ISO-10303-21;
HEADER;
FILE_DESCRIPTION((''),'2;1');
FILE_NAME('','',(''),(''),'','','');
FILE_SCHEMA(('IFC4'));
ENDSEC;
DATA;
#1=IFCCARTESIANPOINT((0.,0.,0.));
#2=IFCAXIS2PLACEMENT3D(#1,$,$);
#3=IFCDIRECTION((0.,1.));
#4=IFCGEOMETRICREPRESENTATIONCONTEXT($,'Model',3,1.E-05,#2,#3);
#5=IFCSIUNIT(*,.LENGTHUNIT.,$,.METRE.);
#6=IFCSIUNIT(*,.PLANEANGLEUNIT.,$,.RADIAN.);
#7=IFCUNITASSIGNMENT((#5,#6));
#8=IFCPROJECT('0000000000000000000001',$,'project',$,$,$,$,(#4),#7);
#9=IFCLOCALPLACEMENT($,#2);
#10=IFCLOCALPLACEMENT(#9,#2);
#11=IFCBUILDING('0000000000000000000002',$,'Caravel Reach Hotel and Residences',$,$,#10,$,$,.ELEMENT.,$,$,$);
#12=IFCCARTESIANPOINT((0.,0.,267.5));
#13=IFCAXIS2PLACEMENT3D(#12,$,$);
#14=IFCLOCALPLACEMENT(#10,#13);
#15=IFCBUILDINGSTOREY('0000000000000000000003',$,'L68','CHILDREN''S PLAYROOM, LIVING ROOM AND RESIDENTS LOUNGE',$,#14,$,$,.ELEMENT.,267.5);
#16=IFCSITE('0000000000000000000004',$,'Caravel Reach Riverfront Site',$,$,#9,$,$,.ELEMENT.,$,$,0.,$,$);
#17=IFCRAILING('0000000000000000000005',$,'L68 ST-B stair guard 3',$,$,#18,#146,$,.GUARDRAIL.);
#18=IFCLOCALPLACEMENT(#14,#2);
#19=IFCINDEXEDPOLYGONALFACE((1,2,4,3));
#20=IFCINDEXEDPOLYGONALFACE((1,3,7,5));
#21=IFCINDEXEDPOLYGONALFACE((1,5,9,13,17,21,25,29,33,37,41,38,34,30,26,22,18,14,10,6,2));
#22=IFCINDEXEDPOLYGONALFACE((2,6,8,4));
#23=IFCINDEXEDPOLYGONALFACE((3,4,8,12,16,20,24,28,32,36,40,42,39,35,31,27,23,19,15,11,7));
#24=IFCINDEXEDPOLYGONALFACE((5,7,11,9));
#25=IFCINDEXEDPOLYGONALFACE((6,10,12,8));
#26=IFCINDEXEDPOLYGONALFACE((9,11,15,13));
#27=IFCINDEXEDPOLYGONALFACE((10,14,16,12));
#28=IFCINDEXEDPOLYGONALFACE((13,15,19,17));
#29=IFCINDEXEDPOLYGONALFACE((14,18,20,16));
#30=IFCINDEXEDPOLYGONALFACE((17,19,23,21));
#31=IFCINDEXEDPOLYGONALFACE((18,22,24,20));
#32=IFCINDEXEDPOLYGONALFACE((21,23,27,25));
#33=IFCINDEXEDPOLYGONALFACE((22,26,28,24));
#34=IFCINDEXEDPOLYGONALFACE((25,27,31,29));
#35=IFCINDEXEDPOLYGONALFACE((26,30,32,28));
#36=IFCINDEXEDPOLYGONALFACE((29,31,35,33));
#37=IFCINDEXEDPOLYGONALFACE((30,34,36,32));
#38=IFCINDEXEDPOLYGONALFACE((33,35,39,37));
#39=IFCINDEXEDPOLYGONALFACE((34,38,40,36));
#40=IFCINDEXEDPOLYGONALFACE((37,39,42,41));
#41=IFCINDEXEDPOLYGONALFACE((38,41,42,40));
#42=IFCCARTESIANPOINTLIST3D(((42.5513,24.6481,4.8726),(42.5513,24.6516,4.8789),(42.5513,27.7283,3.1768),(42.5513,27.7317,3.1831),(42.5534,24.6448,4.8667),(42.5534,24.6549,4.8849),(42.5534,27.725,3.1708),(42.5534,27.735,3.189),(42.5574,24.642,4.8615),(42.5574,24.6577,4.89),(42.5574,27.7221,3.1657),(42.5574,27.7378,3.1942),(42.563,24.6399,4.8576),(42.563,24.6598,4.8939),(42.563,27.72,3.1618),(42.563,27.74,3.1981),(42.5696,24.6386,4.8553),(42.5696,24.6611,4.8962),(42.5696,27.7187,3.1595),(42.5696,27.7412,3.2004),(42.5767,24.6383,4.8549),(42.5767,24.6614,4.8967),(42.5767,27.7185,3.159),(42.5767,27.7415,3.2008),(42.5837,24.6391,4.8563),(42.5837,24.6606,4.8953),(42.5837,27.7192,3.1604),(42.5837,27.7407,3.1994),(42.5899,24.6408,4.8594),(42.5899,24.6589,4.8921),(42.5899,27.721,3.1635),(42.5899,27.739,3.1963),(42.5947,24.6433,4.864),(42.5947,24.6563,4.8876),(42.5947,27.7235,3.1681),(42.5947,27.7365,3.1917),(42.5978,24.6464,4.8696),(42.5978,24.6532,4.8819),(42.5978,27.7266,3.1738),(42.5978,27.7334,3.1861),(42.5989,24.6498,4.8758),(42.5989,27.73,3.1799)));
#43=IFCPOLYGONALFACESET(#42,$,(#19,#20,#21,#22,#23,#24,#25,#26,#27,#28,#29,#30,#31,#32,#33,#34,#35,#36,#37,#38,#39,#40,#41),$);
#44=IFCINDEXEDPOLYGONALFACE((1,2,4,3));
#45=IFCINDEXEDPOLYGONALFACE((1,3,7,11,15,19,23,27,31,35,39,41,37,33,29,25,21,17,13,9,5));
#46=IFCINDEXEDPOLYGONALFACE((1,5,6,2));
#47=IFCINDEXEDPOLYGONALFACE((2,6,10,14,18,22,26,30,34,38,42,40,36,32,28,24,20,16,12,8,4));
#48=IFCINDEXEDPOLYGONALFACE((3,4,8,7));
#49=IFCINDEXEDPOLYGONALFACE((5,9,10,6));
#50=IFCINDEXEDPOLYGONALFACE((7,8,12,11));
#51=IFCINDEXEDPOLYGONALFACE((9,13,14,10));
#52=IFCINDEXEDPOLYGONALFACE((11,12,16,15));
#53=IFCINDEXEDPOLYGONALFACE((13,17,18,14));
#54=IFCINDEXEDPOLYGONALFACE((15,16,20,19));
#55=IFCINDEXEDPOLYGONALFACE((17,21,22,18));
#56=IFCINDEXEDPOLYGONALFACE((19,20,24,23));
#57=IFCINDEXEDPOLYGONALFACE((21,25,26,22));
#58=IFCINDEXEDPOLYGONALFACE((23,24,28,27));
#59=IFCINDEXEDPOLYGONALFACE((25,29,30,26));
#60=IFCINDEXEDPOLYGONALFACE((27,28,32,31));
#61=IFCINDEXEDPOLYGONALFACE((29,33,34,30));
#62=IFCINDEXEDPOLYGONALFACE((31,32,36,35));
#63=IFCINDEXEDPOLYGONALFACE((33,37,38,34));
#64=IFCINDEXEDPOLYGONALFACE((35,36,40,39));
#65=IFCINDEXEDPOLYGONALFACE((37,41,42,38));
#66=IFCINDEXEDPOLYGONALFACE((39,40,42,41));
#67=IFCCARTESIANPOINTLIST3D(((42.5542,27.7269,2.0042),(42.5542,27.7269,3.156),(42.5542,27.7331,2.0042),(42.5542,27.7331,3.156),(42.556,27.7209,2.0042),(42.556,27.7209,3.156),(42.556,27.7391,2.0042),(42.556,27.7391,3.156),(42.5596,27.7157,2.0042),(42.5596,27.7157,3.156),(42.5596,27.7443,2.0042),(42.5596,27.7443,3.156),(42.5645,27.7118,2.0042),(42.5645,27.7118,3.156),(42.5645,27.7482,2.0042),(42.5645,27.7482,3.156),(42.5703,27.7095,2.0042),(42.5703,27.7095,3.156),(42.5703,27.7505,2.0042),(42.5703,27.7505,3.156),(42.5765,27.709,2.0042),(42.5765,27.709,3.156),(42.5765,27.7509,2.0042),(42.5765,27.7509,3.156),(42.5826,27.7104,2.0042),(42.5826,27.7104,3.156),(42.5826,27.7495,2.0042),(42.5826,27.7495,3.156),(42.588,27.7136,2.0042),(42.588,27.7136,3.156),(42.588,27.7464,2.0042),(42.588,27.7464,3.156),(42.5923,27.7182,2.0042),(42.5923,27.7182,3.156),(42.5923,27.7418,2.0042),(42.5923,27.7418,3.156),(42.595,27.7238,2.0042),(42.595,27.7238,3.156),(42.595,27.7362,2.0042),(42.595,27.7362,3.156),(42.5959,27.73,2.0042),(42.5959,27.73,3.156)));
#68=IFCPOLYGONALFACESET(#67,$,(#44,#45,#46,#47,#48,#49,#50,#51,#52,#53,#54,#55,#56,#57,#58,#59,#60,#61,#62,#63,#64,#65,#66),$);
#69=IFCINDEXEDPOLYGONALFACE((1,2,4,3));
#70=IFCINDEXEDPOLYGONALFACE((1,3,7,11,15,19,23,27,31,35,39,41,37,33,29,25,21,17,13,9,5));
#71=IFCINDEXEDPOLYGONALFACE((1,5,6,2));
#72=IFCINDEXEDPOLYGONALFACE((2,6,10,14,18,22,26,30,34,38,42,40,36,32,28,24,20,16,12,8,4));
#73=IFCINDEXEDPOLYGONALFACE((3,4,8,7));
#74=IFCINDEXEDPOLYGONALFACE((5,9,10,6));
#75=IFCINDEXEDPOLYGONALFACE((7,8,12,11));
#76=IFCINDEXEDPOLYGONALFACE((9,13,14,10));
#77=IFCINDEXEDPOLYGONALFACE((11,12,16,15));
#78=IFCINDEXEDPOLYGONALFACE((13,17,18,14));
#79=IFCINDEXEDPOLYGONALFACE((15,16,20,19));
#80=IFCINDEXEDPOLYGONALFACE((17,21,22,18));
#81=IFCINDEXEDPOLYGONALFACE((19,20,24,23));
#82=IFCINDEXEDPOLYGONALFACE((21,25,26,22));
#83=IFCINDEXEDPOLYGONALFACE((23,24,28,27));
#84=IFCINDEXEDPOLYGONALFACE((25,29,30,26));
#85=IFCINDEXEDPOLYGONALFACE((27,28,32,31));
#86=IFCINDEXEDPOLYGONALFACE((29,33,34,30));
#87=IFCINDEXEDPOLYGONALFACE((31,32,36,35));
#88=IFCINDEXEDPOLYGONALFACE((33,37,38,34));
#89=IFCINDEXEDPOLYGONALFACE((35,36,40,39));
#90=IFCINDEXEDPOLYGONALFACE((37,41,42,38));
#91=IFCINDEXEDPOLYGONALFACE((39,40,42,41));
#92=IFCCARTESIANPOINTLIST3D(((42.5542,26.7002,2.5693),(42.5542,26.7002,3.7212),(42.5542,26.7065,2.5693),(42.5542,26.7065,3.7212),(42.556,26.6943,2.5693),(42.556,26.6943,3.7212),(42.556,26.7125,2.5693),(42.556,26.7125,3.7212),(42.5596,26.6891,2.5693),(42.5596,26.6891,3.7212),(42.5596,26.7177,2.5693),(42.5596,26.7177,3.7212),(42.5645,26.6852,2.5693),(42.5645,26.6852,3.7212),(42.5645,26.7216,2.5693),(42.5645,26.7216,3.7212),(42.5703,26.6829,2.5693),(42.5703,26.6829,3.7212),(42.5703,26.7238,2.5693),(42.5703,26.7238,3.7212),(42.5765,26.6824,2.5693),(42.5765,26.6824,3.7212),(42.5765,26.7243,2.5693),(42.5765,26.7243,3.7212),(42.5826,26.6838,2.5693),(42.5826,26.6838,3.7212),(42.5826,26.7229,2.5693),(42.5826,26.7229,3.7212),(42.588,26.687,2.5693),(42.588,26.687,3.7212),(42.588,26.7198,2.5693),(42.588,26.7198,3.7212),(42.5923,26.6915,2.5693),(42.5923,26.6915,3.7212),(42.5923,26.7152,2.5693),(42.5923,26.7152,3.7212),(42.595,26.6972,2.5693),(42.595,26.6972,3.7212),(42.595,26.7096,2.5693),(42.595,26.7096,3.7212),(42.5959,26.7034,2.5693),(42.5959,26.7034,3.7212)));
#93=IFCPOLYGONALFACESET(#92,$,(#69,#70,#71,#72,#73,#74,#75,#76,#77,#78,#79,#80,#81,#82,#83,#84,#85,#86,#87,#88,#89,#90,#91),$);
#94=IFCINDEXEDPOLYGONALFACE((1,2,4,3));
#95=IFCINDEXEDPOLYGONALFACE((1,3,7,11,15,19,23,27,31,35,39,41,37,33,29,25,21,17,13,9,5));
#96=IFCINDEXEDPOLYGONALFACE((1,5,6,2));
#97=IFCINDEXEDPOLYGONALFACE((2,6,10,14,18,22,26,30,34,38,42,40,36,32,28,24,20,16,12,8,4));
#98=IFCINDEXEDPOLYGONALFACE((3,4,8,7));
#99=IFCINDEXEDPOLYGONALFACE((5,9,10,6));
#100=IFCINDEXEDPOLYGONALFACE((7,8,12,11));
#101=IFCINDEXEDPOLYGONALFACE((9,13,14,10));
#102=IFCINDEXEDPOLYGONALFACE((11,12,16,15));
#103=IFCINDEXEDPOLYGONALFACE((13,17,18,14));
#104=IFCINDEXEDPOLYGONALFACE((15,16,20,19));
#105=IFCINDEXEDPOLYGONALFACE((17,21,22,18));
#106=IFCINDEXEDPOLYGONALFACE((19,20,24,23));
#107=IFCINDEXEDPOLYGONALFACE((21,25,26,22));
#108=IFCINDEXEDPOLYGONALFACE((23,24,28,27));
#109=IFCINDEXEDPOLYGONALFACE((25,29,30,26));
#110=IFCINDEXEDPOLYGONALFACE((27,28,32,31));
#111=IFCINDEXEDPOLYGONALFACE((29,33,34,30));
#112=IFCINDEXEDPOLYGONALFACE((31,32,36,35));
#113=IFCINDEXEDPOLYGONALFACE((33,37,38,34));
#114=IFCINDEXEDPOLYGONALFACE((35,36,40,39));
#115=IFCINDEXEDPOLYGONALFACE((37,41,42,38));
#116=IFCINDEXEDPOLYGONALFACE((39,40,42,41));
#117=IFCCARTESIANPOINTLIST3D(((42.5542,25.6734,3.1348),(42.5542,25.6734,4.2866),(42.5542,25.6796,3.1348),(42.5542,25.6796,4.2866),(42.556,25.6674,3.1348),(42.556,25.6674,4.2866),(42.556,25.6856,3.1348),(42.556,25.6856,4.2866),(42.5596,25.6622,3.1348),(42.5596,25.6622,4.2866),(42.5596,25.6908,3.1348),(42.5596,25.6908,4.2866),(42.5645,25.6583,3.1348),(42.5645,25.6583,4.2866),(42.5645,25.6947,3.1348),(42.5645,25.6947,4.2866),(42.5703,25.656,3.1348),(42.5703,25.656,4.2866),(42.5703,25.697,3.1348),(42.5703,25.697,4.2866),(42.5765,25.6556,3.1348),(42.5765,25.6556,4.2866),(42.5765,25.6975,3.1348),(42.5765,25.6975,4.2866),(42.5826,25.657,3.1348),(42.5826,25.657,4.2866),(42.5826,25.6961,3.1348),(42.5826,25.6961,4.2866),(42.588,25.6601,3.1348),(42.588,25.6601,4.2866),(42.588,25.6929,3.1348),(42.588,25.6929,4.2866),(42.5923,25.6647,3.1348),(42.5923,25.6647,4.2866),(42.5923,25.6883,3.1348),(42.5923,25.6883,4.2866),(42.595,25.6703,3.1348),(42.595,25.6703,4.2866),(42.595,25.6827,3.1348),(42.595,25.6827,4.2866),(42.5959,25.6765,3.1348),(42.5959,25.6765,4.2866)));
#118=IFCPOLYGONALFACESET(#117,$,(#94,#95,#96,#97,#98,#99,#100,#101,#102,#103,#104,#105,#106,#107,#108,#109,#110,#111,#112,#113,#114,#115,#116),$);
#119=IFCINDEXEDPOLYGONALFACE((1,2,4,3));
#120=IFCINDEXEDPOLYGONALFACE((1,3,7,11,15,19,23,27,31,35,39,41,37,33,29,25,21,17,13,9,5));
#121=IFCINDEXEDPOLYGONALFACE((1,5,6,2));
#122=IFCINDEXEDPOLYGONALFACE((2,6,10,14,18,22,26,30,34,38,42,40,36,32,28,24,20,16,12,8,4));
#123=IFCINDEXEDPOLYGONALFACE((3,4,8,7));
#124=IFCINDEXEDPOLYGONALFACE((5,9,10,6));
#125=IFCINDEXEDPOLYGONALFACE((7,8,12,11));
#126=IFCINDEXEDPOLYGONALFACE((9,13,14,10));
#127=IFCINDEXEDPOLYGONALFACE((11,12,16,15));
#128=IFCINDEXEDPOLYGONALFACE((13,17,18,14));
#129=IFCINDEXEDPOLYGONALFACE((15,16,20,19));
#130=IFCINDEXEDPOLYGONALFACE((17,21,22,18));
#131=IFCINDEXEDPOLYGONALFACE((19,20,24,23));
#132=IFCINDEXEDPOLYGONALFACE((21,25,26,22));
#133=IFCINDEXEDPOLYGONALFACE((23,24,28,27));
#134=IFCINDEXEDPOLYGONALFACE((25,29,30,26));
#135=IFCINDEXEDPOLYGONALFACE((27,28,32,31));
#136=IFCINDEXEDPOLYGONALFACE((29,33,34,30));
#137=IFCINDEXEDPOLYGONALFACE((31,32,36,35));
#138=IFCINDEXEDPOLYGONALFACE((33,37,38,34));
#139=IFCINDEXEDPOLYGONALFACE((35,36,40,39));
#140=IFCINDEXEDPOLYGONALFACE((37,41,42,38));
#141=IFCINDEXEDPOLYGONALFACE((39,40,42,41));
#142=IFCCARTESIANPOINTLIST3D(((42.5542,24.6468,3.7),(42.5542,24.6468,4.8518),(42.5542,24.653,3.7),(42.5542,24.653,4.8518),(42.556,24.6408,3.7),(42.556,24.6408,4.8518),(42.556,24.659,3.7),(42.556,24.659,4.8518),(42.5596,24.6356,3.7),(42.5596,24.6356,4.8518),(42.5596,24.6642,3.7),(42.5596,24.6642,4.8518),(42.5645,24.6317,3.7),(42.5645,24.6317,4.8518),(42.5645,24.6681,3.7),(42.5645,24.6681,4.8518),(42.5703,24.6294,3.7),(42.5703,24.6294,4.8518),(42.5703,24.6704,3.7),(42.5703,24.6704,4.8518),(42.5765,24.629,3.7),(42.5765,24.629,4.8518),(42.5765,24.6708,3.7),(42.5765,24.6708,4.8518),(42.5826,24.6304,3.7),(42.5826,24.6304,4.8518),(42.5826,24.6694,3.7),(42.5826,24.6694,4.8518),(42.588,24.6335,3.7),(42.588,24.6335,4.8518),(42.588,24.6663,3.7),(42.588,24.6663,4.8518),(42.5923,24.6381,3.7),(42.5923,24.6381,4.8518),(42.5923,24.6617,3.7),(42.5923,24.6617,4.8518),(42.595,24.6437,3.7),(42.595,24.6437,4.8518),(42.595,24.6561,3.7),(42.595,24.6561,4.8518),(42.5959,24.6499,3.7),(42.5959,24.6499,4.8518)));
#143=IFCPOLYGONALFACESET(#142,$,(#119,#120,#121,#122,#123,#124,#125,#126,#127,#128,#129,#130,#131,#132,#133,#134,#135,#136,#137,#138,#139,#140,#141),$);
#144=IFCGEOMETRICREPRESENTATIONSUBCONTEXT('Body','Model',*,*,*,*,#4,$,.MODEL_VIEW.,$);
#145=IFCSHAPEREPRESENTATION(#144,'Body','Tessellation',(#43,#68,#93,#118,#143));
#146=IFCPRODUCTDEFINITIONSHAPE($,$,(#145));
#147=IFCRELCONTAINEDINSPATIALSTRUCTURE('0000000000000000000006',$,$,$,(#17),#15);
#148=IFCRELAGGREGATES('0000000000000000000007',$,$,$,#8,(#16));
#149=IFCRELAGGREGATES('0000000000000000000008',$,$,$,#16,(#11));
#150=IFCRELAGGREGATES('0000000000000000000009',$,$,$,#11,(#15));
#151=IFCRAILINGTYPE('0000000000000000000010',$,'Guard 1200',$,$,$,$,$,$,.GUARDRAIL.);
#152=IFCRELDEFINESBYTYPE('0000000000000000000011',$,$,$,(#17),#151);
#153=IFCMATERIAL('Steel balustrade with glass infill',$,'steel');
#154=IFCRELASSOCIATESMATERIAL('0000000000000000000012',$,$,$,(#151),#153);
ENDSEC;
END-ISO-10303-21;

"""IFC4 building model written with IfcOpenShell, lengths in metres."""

from ifc_helpers import new_model, si_unit, direction, frame, origin, origin_2d, place, context, subcontext, project, spatial, circle, extrude, material, type_object, element, save


model = new_model("IFC4")

# Units and contexts
model_context = context("Model", 3, precision=1e-05, world=origin(), true_north=direction((0.0, 1.0)))
body_context = subcontext(model_context, "Body", "Model", "MODEL_VIEW")
ifc_project = project(units=[si_unit("LENGTHUNIT", "METRE"), si_unit("PLANEANGLEUNIT", "RADIAN")], contexts=[model_context])

# Site, building, storey
site_placement = place(None, origin())
site = spatial("IfcSite", under=ifc_project, at=site_placement, Name="Caravel Reach Riverfront Site", CompositionType="ELEMENT", RefElevation=0.0)
building_placement = place(site_placement, origin())
building = spatial("IfcBuilding", under=site, at=building_placement, Name="Caravel Reach Hotel and Residences", CompositionType="ELEMENT")
storey_placement = place(building_placement, frame((0.0, 0.0, 267.5)))
storey = spatial("IfcBuildingStorey", under=building, at=storey_placement, Name="L68", Description="CHILDREN'S PLAYROOM, LIVING ROOM AND RESIDENTS LOUNGE", CompositionType="ELEMENT", Elevation=267.5)

# Railing
ifc_material_1 = material(Name="Steel balustrade with glass infill", Category="steel")
railing_type_1 = type_object("IfcRailingType", Name="Guard 1200", PredefinedType="GUARDRAIL", material=ifc_material_1)
railing_1_placement = place(storey_placement, frame((42.575, 27.73, 2.0042)))
element("IfcRailing", 1, at=railing_1_placement, inside=storey, type_object=railing_type_1, Name="L68 ST-B stair guard 3", PredefinedType="GUARDRAIL", context=body_context, shape_type="SweptSolid", body=[
    extrude(circle(Radius=0.0239, at=origin_2d()), frame((0.0, 0.0, 1.1758), z_axis=(0.0, -0.876005, 0.482303), x_axis=(1.0, 0.0, 0.0)), (0.0, 0.0, 1.0), 3.5161),
    extrude(circle(Radius=0.021, at=origin_2d()), origin(), (0.0, 0.0, 1.0), 1.1519),
    extrude(circle(Radius=0.021, at=origin_2d()), frame((0.0, -1.0266, 0.5652)), (0.0, 0.0, 1.0), 1.1519),
    extrude(circle(Radius=0.021, at=origin_2d()), frame((0.0, -2.0535, 1.1306)), (0.0, 0.0, 1.0), 1.1519),
    extrude(circle(Radius=0.021, at=origin_2d()), frame((0.0, -3.0801, 1.6958)), (0.0, 0.0, 1.0), 1.1519),
])

save(model, "model.ifc")
